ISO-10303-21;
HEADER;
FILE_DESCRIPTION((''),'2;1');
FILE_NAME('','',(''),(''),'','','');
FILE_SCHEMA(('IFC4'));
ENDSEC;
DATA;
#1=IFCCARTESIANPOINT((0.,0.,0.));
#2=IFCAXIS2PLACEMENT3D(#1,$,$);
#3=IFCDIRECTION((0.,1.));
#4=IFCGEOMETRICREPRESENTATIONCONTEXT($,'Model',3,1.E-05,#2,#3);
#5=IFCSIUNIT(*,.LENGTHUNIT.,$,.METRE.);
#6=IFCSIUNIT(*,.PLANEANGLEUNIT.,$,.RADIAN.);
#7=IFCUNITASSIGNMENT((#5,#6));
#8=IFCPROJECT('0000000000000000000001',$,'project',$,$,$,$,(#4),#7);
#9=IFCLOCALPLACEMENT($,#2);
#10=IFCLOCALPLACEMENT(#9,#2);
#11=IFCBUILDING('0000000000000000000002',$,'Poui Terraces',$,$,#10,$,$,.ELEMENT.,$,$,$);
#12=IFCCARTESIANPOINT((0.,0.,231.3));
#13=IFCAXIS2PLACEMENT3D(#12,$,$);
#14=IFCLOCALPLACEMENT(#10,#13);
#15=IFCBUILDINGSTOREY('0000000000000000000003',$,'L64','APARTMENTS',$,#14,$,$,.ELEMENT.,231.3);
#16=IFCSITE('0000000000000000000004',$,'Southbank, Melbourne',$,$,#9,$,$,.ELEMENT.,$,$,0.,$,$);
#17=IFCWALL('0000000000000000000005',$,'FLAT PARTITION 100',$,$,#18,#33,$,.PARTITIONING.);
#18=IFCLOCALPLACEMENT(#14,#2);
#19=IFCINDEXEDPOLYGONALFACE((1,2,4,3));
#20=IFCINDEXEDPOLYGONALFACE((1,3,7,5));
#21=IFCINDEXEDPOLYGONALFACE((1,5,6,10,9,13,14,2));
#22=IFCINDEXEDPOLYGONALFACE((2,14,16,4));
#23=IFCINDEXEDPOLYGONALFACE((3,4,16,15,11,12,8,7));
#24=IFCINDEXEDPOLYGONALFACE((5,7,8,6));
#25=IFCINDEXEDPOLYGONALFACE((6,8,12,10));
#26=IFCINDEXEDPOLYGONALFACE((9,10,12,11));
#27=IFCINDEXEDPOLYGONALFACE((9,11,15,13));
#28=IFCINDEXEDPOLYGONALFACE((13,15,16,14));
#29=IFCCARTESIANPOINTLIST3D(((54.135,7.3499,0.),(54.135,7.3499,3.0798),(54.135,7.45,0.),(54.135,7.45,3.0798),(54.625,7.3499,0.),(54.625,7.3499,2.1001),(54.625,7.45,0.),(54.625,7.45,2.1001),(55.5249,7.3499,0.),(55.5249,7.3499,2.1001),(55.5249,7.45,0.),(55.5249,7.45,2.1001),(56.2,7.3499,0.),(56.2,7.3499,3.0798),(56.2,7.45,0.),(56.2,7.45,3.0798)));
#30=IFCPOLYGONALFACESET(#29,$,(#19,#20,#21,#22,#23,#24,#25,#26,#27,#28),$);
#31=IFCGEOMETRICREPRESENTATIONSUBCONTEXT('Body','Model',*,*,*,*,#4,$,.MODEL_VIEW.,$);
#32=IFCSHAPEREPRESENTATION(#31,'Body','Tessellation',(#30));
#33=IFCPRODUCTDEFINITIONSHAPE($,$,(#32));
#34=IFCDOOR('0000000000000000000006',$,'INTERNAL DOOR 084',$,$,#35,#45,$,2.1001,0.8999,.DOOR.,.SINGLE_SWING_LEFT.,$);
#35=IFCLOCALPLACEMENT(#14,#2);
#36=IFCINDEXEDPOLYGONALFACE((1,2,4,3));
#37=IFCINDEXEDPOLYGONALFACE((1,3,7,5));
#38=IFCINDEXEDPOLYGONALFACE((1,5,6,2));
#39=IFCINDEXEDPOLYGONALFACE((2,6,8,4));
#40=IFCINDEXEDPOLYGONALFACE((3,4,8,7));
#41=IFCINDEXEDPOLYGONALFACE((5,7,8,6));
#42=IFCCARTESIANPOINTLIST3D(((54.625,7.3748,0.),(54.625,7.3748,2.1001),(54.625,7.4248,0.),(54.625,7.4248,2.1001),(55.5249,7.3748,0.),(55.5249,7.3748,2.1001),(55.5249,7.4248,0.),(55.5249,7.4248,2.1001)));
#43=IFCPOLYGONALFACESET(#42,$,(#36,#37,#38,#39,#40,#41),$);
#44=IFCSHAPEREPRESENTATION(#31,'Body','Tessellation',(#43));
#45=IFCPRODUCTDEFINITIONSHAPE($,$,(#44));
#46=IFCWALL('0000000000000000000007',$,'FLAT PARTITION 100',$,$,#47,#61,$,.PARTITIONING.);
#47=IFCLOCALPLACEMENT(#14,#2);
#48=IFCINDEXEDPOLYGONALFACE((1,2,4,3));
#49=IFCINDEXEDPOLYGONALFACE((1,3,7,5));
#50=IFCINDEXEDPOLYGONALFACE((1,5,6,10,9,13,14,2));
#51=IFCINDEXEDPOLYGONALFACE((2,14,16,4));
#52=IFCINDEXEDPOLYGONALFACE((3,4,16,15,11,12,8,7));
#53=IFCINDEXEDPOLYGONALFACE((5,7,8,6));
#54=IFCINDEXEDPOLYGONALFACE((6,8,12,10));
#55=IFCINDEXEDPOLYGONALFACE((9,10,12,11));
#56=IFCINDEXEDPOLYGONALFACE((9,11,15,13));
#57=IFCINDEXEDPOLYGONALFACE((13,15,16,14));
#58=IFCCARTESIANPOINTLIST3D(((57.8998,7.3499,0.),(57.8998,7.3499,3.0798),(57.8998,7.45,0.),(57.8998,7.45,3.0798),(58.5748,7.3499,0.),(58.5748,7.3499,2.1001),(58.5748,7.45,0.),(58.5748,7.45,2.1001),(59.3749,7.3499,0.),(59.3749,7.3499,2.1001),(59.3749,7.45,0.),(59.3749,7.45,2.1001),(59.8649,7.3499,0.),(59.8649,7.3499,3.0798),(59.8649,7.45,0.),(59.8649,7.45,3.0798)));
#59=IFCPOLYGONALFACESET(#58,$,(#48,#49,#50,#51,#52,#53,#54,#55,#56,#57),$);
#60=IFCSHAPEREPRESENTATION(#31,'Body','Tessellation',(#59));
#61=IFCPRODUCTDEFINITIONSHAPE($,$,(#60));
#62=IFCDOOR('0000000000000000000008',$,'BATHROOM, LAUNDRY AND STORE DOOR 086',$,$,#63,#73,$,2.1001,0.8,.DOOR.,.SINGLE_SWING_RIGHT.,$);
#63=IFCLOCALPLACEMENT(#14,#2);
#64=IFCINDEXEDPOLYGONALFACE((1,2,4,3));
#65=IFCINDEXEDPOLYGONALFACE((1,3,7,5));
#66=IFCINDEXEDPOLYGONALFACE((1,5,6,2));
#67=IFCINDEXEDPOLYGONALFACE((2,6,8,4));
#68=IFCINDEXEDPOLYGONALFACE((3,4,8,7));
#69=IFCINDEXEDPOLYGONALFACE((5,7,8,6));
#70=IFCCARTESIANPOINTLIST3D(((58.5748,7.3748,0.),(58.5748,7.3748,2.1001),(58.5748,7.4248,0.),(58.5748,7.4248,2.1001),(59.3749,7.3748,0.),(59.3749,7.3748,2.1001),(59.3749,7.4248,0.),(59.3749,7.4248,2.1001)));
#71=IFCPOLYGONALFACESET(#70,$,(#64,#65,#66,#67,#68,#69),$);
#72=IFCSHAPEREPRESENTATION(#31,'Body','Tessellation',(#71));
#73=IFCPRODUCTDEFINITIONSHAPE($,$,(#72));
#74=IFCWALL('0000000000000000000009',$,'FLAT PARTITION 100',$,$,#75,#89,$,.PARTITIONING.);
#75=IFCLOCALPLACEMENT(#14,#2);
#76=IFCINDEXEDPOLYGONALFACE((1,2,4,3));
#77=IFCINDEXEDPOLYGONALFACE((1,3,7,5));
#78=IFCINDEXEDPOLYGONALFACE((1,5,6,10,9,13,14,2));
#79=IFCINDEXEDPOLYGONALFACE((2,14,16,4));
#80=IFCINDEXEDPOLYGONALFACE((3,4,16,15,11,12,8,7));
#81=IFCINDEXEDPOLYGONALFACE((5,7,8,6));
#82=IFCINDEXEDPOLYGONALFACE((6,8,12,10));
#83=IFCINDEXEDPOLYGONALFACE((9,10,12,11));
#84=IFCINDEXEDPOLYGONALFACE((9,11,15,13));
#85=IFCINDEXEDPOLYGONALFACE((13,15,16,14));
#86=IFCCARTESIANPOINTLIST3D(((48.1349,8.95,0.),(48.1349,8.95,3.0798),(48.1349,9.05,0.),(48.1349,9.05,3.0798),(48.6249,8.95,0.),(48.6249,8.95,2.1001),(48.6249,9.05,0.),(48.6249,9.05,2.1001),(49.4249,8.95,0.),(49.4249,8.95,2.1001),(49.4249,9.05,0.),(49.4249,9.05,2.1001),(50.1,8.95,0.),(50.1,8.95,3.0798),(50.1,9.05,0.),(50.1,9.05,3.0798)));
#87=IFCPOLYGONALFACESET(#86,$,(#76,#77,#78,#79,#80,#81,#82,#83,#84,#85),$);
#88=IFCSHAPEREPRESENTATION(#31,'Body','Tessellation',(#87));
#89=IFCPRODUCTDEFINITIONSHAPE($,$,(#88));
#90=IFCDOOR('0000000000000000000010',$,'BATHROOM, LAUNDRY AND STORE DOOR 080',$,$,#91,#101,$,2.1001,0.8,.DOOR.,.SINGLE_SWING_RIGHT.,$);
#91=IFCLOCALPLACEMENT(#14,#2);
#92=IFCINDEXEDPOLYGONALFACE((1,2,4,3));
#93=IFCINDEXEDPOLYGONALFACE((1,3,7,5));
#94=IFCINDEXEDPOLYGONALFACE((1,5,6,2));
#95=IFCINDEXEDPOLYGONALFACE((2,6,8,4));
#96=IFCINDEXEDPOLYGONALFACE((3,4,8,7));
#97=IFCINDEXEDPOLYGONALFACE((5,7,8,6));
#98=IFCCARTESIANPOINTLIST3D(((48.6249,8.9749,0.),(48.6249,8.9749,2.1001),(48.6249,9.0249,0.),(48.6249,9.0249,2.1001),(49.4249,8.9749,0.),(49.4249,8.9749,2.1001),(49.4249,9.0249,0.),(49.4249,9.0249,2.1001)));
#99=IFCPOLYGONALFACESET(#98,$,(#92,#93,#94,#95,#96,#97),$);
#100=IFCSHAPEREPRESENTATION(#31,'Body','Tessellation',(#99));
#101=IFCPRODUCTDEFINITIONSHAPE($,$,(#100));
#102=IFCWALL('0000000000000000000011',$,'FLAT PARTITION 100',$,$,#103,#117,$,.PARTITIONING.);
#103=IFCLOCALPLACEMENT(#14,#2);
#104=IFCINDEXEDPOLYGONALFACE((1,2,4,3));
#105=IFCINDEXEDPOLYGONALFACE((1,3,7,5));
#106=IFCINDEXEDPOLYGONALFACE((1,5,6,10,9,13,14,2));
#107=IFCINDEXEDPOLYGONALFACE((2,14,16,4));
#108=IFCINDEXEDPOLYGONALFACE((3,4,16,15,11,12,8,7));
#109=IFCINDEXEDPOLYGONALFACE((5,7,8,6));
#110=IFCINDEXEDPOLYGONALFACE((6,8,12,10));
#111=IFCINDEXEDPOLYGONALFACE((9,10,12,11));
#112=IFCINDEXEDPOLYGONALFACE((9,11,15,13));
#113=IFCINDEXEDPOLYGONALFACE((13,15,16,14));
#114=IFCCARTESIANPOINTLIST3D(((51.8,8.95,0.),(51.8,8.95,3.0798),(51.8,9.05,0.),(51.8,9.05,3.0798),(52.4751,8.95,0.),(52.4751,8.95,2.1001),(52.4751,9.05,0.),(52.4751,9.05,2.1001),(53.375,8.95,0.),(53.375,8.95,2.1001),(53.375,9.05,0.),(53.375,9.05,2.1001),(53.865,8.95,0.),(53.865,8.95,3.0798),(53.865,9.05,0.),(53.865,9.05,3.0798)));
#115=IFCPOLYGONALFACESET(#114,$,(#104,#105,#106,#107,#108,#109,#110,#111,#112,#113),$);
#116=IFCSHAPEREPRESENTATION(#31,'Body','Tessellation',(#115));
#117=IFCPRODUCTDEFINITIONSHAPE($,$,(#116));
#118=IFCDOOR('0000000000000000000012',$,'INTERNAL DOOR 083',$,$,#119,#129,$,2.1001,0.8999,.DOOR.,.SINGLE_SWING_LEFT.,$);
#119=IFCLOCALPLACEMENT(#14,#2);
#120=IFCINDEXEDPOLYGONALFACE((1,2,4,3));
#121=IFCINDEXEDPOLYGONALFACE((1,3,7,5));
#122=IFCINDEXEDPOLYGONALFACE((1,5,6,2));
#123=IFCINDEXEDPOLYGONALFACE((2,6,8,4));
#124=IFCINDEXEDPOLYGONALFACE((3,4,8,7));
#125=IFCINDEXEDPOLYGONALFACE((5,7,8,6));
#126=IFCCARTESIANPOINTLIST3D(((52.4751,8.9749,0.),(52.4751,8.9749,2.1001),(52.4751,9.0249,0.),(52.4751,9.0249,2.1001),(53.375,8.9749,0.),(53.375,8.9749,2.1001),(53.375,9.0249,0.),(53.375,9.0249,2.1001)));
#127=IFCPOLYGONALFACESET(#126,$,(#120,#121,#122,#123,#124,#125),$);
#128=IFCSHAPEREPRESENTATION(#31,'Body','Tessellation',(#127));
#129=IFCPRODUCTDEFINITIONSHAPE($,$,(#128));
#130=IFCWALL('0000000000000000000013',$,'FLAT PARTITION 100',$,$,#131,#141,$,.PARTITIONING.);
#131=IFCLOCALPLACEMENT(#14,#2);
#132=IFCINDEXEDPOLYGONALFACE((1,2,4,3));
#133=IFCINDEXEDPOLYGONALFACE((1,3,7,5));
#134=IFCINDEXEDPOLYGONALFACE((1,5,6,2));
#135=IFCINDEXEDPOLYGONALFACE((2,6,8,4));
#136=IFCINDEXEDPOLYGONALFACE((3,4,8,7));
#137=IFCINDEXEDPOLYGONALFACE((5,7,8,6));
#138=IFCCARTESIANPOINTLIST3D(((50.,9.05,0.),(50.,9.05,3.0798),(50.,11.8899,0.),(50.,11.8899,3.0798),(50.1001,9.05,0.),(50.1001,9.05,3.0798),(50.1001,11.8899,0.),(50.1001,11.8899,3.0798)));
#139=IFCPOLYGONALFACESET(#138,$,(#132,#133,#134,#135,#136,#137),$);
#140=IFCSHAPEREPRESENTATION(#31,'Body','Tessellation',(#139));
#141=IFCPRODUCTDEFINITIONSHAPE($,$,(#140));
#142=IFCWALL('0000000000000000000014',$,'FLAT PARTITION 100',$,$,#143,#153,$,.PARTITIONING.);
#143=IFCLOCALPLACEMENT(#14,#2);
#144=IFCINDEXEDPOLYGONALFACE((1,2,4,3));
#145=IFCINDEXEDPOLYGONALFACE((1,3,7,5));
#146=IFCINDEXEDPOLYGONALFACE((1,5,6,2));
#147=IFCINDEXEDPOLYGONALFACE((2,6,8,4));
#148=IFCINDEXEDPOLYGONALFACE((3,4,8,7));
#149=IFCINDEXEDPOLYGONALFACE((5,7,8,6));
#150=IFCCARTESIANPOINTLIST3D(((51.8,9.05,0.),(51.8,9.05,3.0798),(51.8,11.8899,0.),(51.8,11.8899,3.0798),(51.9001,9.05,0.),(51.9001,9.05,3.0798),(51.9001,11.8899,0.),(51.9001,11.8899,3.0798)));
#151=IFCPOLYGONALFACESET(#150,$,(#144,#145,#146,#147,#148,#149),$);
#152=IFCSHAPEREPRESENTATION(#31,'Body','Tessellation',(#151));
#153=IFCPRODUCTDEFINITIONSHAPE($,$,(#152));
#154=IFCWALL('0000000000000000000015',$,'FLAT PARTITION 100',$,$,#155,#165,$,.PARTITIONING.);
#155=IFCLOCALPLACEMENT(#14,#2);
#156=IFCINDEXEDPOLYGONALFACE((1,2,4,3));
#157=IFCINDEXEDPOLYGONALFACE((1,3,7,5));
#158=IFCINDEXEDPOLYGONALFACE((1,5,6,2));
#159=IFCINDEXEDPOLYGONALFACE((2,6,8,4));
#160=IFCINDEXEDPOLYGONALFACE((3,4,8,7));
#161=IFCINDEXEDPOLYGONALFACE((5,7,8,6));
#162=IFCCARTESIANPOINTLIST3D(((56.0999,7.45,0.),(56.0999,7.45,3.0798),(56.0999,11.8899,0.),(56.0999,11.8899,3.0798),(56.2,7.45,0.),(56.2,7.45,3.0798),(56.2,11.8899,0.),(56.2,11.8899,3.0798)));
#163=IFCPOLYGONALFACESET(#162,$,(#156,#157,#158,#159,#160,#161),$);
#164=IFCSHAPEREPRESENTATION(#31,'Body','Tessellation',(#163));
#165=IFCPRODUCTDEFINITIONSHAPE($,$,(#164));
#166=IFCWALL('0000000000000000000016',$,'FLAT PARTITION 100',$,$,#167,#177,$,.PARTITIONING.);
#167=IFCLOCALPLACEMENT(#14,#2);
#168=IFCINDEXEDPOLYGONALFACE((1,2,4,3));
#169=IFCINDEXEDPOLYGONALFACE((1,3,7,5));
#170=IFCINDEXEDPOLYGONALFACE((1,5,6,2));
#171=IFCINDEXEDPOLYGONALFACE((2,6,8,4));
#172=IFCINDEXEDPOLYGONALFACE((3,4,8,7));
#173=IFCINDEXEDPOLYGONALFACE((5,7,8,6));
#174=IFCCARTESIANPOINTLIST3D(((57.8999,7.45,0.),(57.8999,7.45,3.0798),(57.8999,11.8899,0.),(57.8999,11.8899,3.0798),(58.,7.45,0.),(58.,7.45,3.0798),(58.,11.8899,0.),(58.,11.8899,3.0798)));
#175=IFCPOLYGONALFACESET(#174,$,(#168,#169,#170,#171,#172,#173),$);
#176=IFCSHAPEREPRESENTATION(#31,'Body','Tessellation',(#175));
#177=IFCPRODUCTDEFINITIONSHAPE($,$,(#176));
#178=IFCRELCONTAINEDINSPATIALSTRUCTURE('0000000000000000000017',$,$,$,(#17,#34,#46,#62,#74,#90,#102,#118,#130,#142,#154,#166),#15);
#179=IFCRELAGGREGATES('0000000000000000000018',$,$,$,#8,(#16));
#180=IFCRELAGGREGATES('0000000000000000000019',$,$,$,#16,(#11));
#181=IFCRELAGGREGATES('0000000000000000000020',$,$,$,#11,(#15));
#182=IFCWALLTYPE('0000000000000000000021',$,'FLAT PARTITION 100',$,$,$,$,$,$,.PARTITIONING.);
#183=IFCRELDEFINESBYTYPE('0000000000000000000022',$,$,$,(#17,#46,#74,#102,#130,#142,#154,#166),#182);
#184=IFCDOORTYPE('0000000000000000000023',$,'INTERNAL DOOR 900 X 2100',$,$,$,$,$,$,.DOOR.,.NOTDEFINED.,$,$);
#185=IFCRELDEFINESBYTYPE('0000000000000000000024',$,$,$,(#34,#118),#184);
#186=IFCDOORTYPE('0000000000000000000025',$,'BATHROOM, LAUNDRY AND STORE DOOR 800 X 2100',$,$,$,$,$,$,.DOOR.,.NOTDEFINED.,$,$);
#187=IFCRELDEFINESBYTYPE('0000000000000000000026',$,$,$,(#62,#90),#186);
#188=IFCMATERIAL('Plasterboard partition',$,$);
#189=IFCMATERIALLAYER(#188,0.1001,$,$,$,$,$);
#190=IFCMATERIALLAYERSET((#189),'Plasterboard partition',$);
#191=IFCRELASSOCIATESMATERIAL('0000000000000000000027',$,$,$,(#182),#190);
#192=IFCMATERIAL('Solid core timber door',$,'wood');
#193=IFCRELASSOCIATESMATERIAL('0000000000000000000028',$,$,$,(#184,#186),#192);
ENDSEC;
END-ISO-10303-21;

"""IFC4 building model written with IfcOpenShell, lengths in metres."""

from ifc_helpers import new_model, si_unit, direction, frame, frame_2d, origin, place, context, subcontext, project, spatial, rectangle, extrude, material, layer, layer_set, type_object, element, fill, save


model = new_model("IFC4")

# Units and contexts
model_context = context("Model", 3, precision=1e-05, world=origin(), true_north=direction((0.0, 1.0)))
body_context = subcontext(model_context, "Body", "Model", "MODEL_VIEW")
ifc_project = project(units=[si_unit("LENGTHUNIT", "METRE"), si_unit("PLANEANGLEUNIT", "RADIAN")], contexts=[model_context])

# Site, building, storey
site_placement = place(None, origin())
site = spatial("IfcSite", under=ifc_project, at=site_placement, Name="Southbank, Melbourne", CompositionType="ELEMENT", RefElevation=0.0)
building_placement = place(site_placement, origin())
building = spatial("IfcBuilding", under=site, at=building_placement, Name="Poui Terraces", CompositionType="ELEMENT")
storey_placement = place(building_placement, frame((0.0, 0.0, 231.3)))
storey = spatial("IfcBuildingStorey", under=building, at=storey_placement, Name="L64", Description="APARTMENTS", CompositionType="ELEMENT", Elevation=231.3)

# Walls, openings, doors
ifc_material_1 = material(Name="Plasterboard partition")
ifc_layer_1 = layer(ifc_material_1, 0.1001)
ifc_layer_set_1 = layer_set([ifc_layer_1], Name="Plasterboard partition")
wall_type_1 = type_object("IfcWallType", Name="FLAT PARTITION 100", PredefinedType="PARTITIONING", material=ifc_layer_set_1)
wall_1_placement = place(storey_placement, frame((54.135, 7.3999, 0.0), z_axis=(0.0, 0.0, 1.0), x_axis=(1.0, 0.0, 0.0)))
wall_1 = element("IfcWall", 1, at=wall_1_placement, inside=storey, type_object=wall_type_1, Name="FLAT PARTITION 100", PredefinedType="PARTITIONING", context=body_context, shape_type="SweptSolid", body=[
    extrude(rectangle(XDim=2.0649, YDim=0.1001, at=frame_2d((1.0325, 0.0))), origin(), (0.0, 0.0, 1.0), 3.0798),
])
opening_1_placement = place(wall_1_placement, frame((0.49, 0.0, 0.0)))
opening_1 = element("IfcOpeningElement", 2, at=opening_1_placement, cuts=wall_1, PredefinedType="OPENING", context=body_context, shape_type="SweptSolid", body=[
    extrude(rectangle(XDim=0.8999, YDim=2.1001, at=frame_2d((0.45, 1.05))), frame((0.0, 0.0601, 0.0), z_axis=(0.0, -1.0, 0.0), x_axis=(1.0, 0.0, 0.0)), (0.0, 0.0, 1.0), 0.1201),
])
ifc_material_2 = material(Name="Solid core timber door", Category="wood")
door_type_1 = type_object("IfcDoorType", Name="INTERNAL DOOR 900 X 2100", OperationType="NOTDEFINED", PredefinedType="DOOR", material=ifc_material_2)
door_1_placement = place(opening_1_placement, origin())
door_1 = element("IfcDoor", 3, at=door_1_placement, inside=storey, type_object=door_type_1, Name="INTERNAL DOOR 084", OperationType="SINGLE_SWING_LEFT", OverallHeight=2.1001, OverallWidth=0.8999, PredefinedType="DOOR", context=body_context, shape_type="SweptSolid", body=[
    extrude(rectangle(XDim=0.8999, YDim=2.1001, at=frame_2d((0.45, 1.05))), frame((0.0, 0.0249, 0.0), z_axis=(0.0, -1.0, 0.0), x_axis=(1.0, 0.0, 0.0)), (0.0, 0.0, 1.0), 0.05),
])
fill(opening_1, door_1)
wall_2_placement = place(storey_placement, frame((57.8999, 7.3999, 0.0), z_axis=(0.0, 0.0, 1.0), x_axis=(1.0, 0.0, 0.0)))
wall_2 = element("IfcWall", 4, at=wall_2_placement, inside=storey, type_object=wall_type_1, Name="FLAT PARTITION 100", PredefinedType="PARTITIONING", context=body_context, shape_type="SweptSolid", body=[
    extrude(rectangle(XDim=1.9651, YDim=0.1001, at=frame_2d((0.9824, 0.0))), origin(), (0.0, 0.0, 1.0), 3.0798),
])
opening_2_placement = place(wall_2_placement, frame((0.675, 0.0, 0.0)))
opening_2 = element("IfcOpeningElement", 5, at=opening_2_placement, cuts=wall_2, PredefinedType="OPENING", context=body_context, shape_type="SweptSolid", body=[
    extrude(rectangle(XDim=0.8, YDim=2.1001, at=frame_2d((0.3999, 1.05))), frame((0.0, 0.0601, 0.0), z_axis=(0.0, -1.0, 0.0), x_axis=(1.0, 0.0, 0.0)), (0.0, 0.0, 1.0), 0.1201),
])
door_type_2 = type_object("IfcDoorType", Name="BATHROOM, LAUNDRY AND STORE DOOR 800 X 2100", OperationType="NOTDEFINED", PredefinedType="DOOR", material=ifc_material_2)
door_2_placement = place(opening_2_placement, origin())
door_2 = element("IfcDoor", 6, at=door_2_placement, inside=storey, type_object=door_type_2, Name="BATHROOM, LAUNDRY AND STORE DOOR 086", OperationType="SINGLE_SWING_RIGHT", OverallHeight=2.1001, OverallWidth=0.8, PredefinedType="DOOR", context=body_context, shape_type="SweptSolid", body=[
    extrude(rectangle(XDim=0.8, YDim=2.1001, at=frame_2d((0.3999, 1.05))), frame((0.0, 0.0249, 0.0), z_axis=(0.0, -1.0, 0.0), x_axis=(1.0, 0.0, 0.0)), (0.0, 0.0, 1.0), 0.05),
])
fill(opening_2, door_2)
wall_3_placement = place(storey_placement, frame((48.135, 9.0, 0.0), z_axis=(0.0, 0.0, 1.0), x_axis=(1.0, 0.0, 0.0)))
wall_3 = element("IfcWall", 7, at=wall_3_placement, inside=storey, type_object=wall_type_1, Name="FLAT PARTITION 100", PredefinedType="PARTITIONING", context=body_context, shape_type="SweptSolid", body=[
    extrude(rectangle(XDim=1.9651, YDim=0.1001, at=frame_2d((0.9824, 0.0))), origin(), (0.0, 0.0, 1.0), 3.0798),
])
opening_3_placement = place(wall_3_placement, frame((0.49, 0.0, 0.0)))
opening_3 = element("IfcOpeningElement", 8, at=opening_3_placement, cuts=wall_3, PredefinedType="OPENING", context=body_context, shape_type="SweptSolid", body=[
    extrude(rectangle(XDim=0.8, YDim=2.1001, at=frame_2d((0.3999, 1.05))), frame((0.0, 0.0601, 0.0), z_axis=(0.0, -1.0, 0.0), x_axis=(1.0, 0.0, 0.0)), (0.0, 0.0, 1.0), 0.1201),
])
door_3_placement = place(opening_3_placement, origin())
door_3 = element("IfcDoor", 9, at=door_3_placement, inside=storey, type_object=door_type_2, Name="BATHROOM, LAUNDRY AND STORE DOOR 080", OperationType="SINGLE_SWING_RIGHT", OverallHeight=2.1001, OverallWidth=0.8, PredefinedType="DOOR", context=body_context, shape_type="SweptSolid", body=[
    extrude(rectangle(XDim=0.8, YDim=2.1001, at=frame_2d((0.3999, 1.05))), frame((0.0, 0.0249, 0.0), z_axis=(0.0, -1.0, 0.0), x_axis=(1.0, 0.0, 0.0)), (0.0, 0.0, 1.0), 0.05),
])
fill(opening_3, door_3)
wall_4_placement = place(storey_placement, frame((51.8, 9.0, 0.0), z_axis=(0.0, 0.0, 1.0), x_axis=(1.0, 0.0, 0.0)))
wall_4 = element("IfcWall", 10, at=wall_4_placement, inside=storey, type_object=wall_type_1, Name="FLAT PARTITION 100", PredefinedType="PARTITIONING", context=body_context, shape_type="SweptSolid", body=[
    extrude(rectangle(XDim=2.0649, YDim=0.1001, at=frame_2d((1.0325, 0.0))), origin(), (0.0, 0.0, 1.0), 3.0798),
])
opening_4_placement = place(wall_4_placement, frame((0.675, 0.0, 0.0)))
opening_4 = element("IfcOpeningElement", 11, at=opening_4_placement, cuts=wall_4, PredefinedType="OPENING", context=body_context, shape_type="SweptSolid", body=[
    extrude(rectangle(XDim=0.8999, YDim=2.1001, at=frame_2d((0.45, 1.05))), frame((0.0, 0.0601, 0.0), z_axis=(0.0, -1.0, 0.0), x_axis=(1.0, 0.0, 0.0)), (0.0, 0.0, 1.0), 0.1201),
])
door_4_placement = place(opening_4_placement, origin())
door_4 = element("IfcDoor", 12, at=door_4_placement, inside=storey, type_object=door_type_1, Name="INTERNAL DOOR 083", OperationType="SINGLE_SWING_LEFT", OverallHeight=2.1001, OverallWidth=0.8999, PredefinedType="DOOR", context=body_context, shape_type="SweptSolid", body=[
    extrude(rectangle(XDim=0.8999, YDim=2.1001, at=frame_2d((0.45, 1.05))), frame((0.0, 0.0249, 0.0), z_axis=(0.0, -1.0, 0.0), x_axis=(1.0, 0.0, 0.0)), (0.0, 0.0, 1.0), 0.05),
])
fill(opening_4, door_4)

# Walls
for number, where, z_axis, x_axis, name in (
    (13, (50.05, 9.05, 0.0), (0.0, 0.0, 1.0), (0.0, 1.0, 0.0), "FLAT PARTITION 100"),
    (14, (51.8501, 9.05, 0.0), (0.0, 0.0, 1.0), (0.0, 1.0, 0.0), "FLAT PARTITION 100"),
):
    element("IfcWall", number, at=place(storey_placement, frame(where, z_axis=z_axis, x_axis=x_axis)), inside=storey, type_object=wall_type_1, Name=name, PredefinedType="PARTITIONING", context=body_context, shape_type="SweptSolid", body=[
        extrude(rectangle(XDim=2.8398, YDim=0.1001, at=frame_2d((1.4199, 0.0))), origin(), (0.0, 0.0, 1.0), 3.0798),
    ])
for number, where, z_axis, x_axis, name in (
    (15, (56.1499, 7.45, 0.0), (0.0, 0.0, 1.0), (0.0, 1.0, 0.0), "FLAT PARTITION 100"),
    (16, (57.95, 7.45, 0.0), (0.0, 0.0, 1.0), (0.0, 1.0, 0.0), "FLAT PARTITION 100"),
):
    element("IfcWall", number, at=place(storey_placement, frame(where, z_axis=z_axis, x_axis=x_axis)), inside=storey, type_object=wall_type_1, Name=name, PredefinedType="PARTITIONING", context=body_context, shape_type="SweptSolid", body=[
        extrude(rectangle(XDim=4.4399, YDim=0.1001, at=frame_2d((2.22, 0.0))), origin(), (0.0, 0.0, 1.0), 3.0798),
    ])

save(model, "model.ifc")
